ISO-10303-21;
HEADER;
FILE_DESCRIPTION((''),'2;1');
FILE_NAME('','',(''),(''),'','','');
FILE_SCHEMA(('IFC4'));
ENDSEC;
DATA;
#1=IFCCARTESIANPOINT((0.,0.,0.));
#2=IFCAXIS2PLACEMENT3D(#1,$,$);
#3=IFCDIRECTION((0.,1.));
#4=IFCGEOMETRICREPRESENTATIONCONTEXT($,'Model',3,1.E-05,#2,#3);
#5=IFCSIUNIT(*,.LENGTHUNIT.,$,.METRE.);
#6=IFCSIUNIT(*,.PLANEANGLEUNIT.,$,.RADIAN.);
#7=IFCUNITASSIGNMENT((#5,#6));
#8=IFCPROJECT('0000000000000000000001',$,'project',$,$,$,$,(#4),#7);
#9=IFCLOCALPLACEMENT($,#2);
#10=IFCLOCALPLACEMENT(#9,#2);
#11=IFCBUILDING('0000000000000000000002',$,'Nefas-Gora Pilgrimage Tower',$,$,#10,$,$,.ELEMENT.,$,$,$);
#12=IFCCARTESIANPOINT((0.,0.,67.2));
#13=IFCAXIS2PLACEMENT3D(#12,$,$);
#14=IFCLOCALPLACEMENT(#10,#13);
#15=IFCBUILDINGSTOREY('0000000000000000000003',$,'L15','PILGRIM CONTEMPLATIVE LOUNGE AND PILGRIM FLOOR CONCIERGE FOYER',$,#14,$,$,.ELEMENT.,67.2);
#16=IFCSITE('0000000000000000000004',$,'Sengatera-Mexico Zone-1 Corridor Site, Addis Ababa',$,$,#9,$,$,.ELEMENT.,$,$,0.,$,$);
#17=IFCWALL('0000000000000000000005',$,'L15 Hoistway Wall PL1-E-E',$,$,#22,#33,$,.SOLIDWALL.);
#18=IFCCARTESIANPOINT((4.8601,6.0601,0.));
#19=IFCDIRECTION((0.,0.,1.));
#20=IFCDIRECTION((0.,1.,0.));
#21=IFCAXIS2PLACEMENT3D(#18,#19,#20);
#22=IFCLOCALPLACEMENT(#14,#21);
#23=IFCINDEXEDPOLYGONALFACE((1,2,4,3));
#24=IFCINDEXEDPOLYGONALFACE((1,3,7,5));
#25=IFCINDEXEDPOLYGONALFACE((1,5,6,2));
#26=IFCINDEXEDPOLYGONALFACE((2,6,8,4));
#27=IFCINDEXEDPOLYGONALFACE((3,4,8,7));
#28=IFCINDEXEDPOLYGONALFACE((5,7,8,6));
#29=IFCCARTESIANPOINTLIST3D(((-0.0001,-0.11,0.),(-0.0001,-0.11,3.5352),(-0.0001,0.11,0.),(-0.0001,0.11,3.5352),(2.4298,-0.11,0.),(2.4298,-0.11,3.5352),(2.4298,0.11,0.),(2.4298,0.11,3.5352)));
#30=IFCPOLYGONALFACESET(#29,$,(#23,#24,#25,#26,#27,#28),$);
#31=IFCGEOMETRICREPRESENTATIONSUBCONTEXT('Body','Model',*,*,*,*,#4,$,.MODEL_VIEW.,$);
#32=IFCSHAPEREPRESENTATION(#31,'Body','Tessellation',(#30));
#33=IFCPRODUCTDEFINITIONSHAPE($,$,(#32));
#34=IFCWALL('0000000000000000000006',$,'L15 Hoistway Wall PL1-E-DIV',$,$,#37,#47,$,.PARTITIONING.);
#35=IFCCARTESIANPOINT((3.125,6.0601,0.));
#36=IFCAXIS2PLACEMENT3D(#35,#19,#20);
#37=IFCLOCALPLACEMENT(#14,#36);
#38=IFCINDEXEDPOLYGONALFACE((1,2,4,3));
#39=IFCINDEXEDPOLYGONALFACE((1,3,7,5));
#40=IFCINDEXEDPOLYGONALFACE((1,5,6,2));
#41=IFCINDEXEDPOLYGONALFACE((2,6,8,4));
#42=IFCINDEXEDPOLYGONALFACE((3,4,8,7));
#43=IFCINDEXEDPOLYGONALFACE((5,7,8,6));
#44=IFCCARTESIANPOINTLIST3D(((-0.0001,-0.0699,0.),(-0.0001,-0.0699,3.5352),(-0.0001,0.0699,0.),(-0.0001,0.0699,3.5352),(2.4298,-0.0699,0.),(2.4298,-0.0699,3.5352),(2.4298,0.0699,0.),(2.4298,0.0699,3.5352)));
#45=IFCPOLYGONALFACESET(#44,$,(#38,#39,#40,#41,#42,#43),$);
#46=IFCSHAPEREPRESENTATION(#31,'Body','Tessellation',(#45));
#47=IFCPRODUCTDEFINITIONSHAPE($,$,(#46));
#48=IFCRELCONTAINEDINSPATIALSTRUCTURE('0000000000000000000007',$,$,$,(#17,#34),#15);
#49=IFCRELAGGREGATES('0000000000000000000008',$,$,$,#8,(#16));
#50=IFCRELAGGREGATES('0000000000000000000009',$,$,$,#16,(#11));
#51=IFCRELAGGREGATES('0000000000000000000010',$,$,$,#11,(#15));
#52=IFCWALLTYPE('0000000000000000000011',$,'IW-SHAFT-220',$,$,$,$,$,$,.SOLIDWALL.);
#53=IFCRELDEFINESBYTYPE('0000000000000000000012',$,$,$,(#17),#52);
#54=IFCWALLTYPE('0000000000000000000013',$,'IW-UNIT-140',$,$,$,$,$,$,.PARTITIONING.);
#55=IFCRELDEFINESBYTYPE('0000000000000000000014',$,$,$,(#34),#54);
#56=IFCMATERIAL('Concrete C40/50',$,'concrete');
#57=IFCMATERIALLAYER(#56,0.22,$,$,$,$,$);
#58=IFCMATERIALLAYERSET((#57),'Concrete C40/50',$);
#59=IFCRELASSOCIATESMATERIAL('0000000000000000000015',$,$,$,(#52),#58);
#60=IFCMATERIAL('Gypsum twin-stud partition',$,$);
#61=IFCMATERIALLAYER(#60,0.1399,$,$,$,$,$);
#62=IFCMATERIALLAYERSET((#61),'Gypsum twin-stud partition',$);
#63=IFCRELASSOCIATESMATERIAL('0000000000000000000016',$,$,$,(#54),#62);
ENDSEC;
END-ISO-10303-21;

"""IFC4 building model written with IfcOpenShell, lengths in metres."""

from ifc_helpers import new_model, si_unit, direction, frame, frame_2d, origin, place, context, subcontext, project, spatial, rectangle, extrude, source, transform, mapped, material, layer, layer_set, type_object, element, save


model = new_model("IFC4")

# Units and contexts
model_context = context("Model", 3, precision=1e-05, world=origin(), true_north=direction((0.0, 1.0)))
body_context = subcontext(model_context, "Body", "Model", "MODEL_VIEW")
ifc_project = project(units=[si_unit("LENGTHUNIT", "METRE"), si_unit("PLANEANGLEUNIT", "RADIAN")], contexts=[model_context])

# Site, building, storey
site_placement = place(None, origin())
site = spatial("IfcSite", under=ifc_project, at=site_placement, Name="Sengatera-Mexico Zone-1 Corridor Site, Addis Ababa", CompositionType="ELEMENT", RefElevation=0.0)
building_placement = place(site_placement, origin())
building = spatial("IfcBuilding", under=site, at=building_placement, Name="Nefas-Gora Pilgrimage Tower", CompositionType="ELEMENT")
storey_placement = place(building_placement, frame((0.0, 0.0, 67.2)))
storey = spatial("IfcBuildingStorey", under=building, at=storey_placement, Name="L15", Description="PILGRIM CONTEMPLATIVE LOUNGE AND PILGRIM FLOOR CONCIERGE FOYER", CompositionType="ELEMENT", Elevation=67.2)

# Shared definitions
ifc_material_1 = material(Name="Concrete C40/50", Category="concrete")
ifc_layer_1 = layer(ifc_material_1, 0.22)
ifc_layer_set_1 = layer_set([ifc_layer_1], Name="Concrete C40/50")
wall_type_1 = type_object("IfcWallType", Name="IW-SHAFT-220", PredefinedType="SOLIDWALL", material=ifc_layer_set_1)

# Walls
shared_shape_1 = source(origin(), body_context, "Body", "SweptSolid", [
    extrude(rectangle(XDim=2.4299, YDim=0.22, at=frame_2d((1.2148, 0.0))), origin(), (0.0, 0.0, 1.0), 3.5352),
])
for number, where, z_axis, x_axis, name in (
    (1, (4.8601, 6.0601, 0.0), (0.0, 0.0, 1.0), (0.0, 1.0, 0.0), "L15 Hoistway Wall PL1-E-E"),
):
    element("IfcWall", number, at=place(storey_placement, frame(where, z_axis=z_axis, x_axis=x_axis)), inside=storey, type_object=wall_type_1, Name=name, PredefinedType="SOLIDWALL", context=body_context, shape_type="MappedRepresentation", body=[
        mapped(shared_shape_1, transform((0.0, 0.0, 0.0), x_axis=(1.0, 0.0, 0.0), y_axis=(0.0, 1.0, 0.0), z_axis=(0.0, 0.0, 1.0), scale=1.0)),
    ])
ifc_material_2 = material(Name="Gypsum twin-stud partition")
ifc_layer_2 = layer(ifc_material_2, 0.1399)
ifc_layer_set_2 = layer_set([ifc_layer_2], Name="Gypsum twin-stud partition")
wall_type_2 = type_object("IfcWallType", Name="IW-UNIT-140", PredefinedType="PARTITIONING", material=ifc_layer_set_2)
shared_shape_2 = source(origin(), body_context, "Body", "SweptSolid", [
    extrude(rectangle(XDim=2.4299, YDim=0.1399, at=frame_2d((1.2148, 0.0))), origin(), (0.0, 0.0, 1.0), 3.5352),
])
wall_1_placement = place(storey_placement, frame((3.125, 6.0601, 0.0), z_axis=(0.0, 0.0, 1.0), x_axis=(0.0, 1.0, 0.0)))
element("IfcWall", 2, at=wall_1_placement, inside=storey, type_object=wall_type_2, Name="L15 Hoistway Wall PL1-E-DIV", PredefinedType="PARTITIONING", context=body_context, shape_type="MappedRepresentation", body=[
    mapped(shared_shape_2, transform((0.0, 0.0, 0.0), x_axis=(1.0, 0.0, 0.0), y_axis=(0.0, 1.0, 0.0), z_axis=(0.0, 0.0, 1.0), scale=1.0)),
])

save(model, "model.ifc")
